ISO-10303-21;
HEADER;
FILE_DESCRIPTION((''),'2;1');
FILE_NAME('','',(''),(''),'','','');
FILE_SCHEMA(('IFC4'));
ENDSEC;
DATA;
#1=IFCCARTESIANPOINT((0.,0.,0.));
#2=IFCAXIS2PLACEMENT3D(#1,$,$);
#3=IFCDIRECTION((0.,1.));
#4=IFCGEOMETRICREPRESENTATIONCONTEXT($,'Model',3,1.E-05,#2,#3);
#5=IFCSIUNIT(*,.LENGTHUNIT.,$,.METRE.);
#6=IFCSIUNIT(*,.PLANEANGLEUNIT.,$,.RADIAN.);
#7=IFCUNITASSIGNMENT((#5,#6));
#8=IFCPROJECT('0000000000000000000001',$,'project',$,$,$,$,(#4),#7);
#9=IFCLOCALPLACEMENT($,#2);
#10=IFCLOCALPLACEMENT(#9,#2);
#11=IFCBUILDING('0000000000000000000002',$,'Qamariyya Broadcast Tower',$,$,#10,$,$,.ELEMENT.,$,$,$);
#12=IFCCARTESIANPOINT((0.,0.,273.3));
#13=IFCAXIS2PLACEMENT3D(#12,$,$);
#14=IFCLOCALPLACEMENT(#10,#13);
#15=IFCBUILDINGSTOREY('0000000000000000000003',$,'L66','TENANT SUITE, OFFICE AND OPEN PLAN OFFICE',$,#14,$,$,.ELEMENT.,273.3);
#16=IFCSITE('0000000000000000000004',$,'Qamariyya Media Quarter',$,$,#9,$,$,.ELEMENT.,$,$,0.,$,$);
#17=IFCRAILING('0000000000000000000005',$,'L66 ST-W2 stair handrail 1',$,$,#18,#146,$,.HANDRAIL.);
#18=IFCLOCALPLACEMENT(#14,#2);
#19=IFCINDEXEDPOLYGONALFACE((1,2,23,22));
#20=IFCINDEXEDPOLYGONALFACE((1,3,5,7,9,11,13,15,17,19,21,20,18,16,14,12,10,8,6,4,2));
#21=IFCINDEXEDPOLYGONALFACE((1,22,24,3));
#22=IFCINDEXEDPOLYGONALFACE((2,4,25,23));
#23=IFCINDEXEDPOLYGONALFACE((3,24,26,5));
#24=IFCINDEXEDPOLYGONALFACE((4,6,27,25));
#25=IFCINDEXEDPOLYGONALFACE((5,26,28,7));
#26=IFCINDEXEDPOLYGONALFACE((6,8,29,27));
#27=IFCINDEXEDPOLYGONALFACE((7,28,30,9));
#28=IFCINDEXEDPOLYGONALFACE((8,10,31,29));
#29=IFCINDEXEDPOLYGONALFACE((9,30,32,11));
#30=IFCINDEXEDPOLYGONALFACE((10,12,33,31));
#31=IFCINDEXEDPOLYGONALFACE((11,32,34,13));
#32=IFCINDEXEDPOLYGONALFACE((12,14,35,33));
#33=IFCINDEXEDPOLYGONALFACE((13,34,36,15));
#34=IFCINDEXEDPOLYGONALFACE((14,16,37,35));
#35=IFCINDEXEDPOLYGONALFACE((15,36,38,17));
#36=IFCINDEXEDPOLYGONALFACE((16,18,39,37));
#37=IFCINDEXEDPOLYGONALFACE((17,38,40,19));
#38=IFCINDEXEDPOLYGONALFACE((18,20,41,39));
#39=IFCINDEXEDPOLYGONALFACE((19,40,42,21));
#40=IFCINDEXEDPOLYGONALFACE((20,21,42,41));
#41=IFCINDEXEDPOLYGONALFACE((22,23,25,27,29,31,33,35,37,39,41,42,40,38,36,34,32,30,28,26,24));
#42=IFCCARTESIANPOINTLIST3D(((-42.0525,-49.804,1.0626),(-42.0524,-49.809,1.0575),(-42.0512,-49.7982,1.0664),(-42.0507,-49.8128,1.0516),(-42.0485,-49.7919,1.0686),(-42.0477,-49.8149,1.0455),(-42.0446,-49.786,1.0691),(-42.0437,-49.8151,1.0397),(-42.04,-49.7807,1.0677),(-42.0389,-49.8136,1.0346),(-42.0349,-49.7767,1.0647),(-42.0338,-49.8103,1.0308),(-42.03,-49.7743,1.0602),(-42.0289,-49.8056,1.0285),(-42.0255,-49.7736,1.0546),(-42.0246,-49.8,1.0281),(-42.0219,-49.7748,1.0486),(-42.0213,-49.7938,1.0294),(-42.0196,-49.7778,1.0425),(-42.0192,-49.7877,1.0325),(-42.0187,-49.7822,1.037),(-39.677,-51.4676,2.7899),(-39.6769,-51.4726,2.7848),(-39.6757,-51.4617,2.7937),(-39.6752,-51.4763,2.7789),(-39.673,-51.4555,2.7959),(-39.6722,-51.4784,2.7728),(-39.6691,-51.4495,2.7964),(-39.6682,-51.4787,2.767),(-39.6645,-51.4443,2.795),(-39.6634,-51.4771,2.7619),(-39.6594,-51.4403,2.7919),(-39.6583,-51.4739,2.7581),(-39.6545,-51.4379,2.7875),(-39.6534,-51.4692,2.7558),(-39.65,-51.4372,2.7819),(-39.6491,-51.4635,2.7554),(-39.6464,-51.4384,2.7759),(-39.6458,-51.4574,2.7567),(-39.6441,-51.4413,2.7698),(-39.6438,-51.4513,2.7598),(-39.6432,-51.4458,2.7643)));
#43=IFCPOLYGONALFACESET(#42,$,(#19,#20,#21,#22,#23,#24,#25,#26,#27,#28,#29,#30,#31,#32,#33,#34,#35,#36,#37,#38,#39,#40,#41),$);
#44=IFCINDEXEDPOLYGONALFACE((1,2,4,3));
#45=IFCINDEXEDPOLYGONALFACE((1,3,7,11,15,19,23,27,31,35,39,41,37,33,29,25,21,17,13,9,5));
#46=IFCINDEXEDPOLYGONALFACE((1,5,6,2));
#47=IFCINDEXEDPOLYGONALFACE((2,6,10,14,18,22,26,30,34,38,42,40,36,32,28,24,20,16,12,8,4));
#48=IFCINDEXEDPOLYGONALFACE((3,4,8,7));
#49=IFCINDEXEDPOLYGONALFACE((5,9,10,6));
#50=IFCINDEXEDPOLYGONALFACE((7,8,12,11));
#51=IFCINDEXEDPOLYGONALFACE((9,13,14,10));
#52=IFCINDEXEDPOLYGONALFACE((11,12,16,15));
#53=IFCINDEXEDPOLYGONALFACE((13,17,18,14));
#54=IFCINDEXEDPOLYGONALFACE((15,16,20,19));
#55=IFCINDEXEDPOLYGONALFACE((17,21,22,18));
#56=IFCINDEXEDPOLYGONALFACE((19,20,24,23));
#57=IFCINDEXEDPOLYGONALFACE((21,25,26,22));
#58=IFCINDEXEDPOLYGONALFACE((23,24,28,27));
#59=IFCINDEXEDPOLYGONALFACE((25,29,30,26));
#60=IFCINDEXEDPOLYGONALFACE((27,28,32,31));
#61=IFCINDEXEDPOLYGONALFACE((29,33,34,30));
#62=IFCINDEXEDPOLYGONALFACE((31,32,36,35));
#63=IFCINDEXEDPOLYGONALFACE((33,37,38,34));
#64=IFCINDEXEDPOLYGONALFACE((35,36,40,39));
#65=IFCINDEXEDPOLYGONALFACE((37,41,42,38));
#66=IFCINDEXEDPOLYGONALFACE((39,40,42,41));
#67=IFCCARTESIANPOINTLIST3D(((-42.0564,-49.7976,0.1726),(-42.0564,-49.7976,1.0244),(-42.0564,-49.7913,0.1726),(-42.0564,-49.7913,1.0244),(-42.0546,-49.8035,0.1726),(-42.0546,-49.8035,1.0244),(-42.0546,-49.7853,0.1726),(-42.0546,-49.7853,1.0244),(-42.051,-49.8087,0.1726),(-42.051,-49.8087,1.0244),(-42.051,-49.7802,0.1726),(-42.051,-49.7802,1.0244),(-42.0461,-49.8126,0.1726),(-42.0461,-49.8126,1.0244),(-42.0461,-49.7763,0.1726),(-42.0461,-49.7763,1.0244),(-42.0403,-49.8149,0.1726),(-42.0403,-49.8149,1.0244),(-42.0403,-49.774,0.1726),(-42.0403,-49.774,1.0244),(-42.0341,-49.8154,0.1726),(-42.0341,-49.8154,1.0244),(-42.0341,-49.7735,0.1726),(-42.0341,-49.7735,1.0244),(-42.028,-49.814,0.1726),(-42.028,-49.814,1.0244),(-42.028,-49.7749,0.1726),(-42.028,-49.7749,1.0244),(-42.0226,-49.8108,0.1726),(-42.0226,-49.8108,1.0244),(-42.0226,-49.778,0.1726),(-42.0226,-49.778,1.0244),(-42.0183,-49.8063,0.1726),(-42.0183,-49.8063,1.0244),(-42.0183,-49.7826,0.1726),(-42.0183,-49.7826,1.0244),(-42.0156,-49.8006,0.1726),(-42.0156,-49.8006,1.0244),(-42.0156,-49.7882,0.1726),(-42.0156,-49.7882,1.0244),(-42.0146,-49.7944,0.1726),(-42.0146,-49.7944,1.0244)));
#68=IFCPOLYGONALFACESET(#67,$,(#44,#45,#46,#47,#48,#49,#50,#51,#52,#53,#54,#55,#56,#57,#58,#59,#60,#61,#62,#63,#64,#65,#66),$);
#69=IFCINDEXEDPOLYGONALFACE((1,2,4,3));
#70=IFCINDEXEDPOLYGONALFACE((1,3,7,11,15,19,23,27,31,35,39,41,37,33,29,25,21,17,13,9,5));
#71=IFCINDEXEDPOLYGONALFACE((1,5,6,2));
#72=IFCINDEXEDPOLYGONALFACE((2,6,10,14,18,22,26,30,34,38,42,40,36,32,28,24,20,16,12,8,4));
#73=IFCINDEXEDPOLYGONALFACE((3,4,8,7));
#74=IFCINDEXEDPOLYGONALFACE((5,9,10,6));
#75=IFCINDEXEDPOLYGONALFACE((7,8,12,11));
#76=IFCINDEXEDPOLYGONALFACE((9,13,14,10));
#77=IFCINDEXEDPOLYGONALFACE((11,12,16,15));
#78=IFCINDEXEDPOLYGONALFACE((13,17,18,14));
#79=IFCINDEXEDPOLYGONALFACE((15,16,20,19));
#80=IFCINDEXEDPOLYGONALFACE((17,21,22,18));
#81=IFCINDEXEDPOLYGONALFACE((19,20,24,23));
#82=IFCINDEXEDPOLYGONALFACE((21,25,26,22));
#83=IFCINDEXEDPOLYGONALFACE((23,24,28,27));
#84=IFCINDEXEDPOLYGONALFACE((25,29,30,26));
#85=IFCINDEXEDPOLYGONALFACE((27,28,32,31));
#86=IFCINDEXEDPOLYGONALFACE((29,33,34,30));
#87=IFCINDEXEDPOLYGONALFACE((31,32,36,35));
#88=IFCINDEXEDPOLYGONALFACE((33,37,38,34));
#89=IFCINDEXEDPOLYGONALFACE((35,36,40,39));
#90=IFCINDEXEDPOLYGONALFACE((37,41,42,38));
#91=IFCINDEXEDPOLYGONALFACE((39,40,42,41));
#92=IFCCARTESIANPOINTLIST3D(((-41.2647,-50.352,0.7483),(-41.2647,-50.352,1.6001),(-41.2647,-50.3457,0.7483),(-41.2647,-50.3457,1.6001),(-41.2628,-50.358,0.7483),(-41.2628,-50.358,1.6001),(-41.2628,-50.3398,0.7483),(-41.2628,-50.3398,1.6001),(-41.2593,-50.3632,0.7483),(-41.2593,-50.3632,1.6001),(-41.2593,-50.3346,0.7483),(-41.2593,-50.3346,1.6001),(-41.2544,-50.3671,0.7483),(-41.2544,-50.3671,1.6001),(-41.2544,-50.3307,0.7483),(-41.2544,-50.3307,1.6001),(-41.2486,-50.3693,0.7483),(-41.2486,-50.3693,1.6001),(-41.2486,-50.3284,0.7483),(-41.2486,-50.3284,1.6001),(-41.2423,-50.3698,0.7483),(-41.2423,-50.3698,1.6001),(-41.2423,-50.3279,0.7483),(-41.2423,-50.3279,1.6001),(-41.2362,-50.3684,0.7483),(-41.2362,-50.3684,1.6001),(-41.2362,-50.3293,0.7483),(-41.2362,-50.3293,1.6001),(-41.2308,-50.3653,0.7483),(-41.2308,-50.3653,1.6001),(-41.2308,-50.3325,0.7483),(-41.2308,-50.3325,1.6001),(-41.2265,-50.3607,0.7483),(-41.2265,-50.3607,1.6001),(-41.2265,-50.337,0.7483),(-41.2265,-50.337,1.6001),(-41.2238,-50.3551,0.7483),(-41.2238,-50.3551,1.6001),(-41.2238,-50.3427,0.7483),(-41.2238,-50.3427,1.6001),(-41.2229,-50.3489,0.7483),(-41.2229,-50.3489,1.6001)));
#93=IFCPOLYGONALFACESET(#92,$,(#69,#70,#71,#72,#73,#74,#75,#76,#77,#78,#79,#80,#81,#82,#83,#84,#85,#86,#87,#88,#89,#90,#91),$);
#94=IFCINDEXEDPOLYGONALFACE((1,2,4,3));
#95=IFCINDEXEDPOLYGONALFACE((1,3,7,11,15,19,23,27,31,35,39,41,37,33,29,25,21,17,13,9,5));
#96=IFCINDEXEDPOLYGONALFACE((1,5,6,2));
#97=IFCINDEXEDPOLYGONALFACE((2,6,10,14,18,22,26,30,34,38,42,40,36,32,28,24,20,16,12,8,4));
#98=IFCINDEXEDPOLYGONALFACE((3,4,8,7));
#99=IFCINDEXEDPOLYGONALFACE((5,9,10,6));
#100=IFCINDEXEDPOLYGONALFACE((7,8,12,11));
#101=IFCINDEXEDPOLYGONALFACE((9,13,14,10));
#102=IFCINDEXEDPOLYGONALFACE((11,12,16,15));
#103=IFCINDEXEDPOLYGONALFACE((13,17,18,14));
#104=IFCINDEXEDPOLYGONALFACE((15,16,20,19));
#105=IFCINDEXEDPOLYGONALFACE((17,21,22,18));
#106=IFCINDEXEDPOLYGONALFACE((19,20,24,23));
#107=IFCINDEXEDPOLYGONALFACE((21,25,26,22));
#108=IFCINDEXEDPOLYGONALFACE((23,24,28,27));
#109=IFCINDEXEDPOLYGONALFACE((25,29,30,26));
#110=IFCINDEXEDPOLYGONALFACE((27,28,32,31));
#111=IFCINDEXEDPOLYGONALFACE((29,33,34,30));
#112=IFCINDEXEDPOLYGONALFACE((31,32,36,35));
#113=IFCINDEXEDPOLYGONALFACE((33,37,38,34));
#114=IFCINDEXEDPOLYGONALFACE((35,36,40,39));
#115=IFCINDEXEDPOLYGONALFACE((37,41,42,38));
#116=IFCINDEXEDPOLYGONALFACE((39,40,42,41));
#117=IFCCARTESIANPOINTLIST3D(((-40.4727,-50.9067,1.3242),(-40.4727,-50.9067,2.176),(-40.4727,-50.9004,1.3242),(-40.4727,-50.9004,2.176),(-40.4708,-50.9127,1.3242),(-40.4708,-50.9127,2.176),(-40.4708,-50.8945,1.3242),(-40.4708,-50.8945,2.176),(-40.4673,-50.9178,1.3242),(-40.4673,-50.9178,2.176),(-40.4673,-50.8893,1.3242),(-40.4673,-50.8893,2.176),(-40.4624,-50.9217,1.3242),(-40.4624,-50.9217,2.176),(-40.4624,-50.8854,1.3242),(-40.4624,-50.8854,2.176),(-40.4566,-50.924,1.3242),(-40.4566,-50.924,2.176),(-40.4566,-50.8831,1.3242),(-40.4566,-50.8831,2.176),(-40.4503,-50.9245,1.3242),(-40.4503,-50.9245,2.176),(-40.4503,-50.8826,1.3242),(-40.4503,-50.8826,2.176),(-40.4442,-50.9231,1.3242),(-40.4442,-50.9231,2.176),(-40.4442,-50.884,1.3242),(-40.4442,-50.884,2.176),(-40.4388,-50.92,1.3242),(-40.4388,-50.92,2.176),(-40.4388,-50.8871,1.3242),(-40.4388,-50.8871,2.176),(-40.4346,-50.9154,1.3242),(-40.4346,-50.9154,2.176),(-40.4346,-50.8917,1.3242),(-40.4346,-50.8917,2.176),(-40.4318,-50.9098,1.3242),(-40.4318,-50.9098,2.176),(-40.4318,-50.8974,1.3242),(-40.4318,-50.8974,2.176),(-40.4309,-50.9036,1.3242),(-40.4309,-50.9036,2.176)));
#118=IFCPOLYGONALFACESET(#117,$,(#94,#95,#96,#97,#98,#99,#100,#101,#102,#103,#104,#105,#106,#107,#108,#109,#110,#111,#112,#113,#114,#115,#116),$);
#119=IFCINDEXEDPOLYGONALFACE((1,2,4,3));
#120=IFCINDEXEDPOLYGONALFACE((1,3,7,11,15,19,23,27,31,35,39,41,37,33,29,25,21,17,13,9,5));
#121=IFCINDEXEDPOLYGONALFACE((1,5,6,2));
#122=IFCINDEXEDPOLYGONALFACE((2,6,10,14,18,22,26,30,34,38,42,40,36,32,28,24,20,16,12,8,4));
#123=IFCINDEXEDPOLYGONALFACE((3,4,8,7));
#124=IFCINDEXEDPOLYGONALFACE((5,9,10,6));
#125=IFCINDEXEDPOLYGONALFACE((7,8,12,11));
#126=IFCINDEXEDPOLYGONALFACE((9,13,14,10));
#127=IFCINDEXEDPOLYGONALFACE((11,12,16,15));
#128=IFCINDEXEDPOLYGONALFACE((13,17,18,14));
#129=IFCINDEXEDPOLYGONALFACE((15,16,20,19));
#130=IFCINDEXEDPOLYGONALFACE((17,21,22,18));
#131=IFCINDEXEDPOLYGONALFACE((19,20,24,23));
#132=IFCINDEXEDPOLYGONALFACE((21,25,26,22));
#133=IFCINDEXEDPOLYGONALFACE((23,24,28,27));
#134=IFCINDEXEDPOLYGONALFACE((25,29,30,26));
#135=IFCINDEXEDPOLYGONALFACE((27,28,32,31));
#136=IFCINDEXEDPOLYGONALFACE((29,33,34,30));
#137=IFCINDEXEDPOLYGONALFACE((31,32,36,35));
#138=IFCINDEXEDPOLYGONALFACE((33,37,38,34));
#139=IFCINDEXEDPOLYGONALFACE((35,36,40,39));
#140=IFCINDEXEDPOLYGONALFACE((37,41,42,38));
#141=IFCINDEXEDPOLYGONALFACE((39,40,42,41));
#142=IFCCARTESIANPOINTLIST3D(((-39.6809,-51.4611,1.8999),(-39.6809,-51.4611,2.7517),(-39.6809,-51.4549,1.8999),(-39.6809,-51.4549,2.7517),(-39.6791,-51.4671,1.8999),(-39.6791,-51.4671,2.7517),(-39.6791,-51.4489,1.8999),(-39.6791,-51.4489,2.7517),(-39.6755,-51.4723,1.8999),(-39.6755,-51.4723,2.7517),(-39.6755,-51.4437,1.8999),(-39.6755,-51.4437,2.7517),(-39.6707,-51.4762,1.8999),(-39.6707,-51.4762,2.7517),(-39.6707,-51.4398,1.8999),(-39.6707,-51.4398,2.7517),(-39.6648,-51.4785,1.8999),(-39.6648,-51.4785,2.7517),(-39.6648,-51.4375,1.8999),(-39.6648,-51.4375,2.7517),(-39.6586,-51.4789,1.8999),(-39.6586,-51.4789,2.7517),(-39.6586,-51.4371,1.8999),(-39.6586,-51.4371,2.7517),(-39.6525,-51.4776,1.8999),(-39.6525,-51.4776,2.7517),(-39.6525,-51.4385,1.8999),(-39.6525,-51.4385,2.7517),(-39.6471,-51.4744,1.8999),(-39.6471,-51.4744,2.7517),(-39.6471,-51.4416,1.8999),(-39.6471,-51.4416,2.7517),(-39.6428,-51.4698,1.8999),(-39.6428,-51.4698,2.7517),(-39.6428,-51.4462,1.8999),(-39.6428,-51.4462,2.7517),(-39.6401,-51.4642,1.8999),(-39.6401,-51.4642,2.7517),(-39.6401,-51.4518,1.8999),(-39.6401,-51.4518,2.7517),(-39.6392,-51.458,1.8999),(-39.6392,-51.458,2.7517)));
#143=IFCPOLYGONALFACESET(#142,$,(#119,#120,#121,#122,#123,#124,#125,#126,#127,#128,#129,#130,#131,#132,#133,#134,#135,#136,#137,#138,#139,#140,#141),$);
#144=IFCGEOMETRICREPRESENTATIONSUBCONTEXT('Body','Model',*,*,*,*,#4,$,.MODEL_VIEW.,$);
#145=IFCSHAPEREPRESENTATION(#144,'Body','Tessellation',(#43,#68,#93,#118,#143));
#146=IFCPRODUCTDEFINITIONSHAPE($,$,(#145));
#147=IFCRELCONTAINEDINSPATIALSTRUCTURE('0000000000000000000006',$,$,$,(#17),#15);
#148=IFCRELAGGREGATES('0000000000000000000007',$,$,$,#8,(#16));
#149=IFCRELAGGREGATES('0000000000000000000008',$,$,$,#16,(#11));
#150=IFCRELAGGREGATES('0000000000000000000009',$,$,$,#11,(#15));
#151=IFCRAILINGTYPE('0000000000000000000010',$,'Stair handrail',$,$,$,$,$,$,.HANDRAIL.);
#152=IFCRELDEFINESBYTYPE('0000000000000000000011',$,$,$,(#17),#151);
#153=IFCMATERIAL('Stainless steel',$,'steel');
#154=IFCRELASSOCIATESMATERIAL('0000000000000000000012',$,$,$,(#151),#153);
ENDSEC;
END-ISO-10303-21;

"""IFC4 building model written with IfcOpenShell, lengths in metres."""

from ifc_helpers import new_model, si_unit, direction, frame, origin, origin_2d, place, context, subcontext, project, spatial, circle, extrude, material, type_object, element, save


model = new_model("IFC4")

# Units and contexts
model_context = context("Model", 3, precision=1e-05, world=origin(), true_north=direction((0.0, 1.0)))
body_context = subcontext(model_context, "Body", "Model", "MODEL_VIEW")
ifc_project = project(units=[si_unit("LENGTHUNIT", "METRE"), si_unit("PLANEANGLEUNIT", "RADIAN")], contexts=[model_context])

# Site, building, storey
site_placement = place(None, origin())
site = spatial("IfcSite", under=ifc_project, at=site_placement, Name="Qamariyya Media Quarter", CompositionType="ELEMENT", RefElevation=0.0)
building_placement = place(site_placement, origin())
building = spatial("IfcBuilding", under=site, at=building_placement, Name="Qamariyya Broadcast Tower", CompositionType="ELEMENT")
storey_placement = place(building_placement, frame((0.0, 0.0, 273.3)))
storey = spatial("IfcBuildingStorey", under=building, at=storey_placement, Name="L66", Description="TENANT SUITE, OFFICE AND OPEN PLAN OFFICE", CompositionType="ELEMENT", Elevation=273.3)

# Railing
ifc_material_1 = material(Name="Stainless steel", Category="steel")
railing_type = type_object("IfcRailingType", Name="Stair handrail", PredefinedType="HANDRAIL", material=ifc_material_1)
railing_placement = place(storey_placement, frame((-42.0356, -49.7944, 0.1726)))
element("IfcRailing", 1, at=railing_placement, inside=storey, type_object=railing_type, Name="L66 ST-W2 stair handrail 1", PredefinedType="HANDRAIL", context=body_context, shape_type="SweptSolid", body=[
    extrude(circle(Radius=0.0239, at=origin_2d()), frame((0.0, 0.0, 0.876), z_axis=(0.703745, -0.492838, 0.511716), x_axis=(0.573632, 0.819113, 0.0)), (0.0, 0.0, 1.0), 3.3755),
    extrude(circle(Radius=0.021, at=origin_2d()), origin(), (0.0, 0.0, 1.0), 0.8518),
    extrude(circle(Radius=0.021, at=origin_2d()), frame((0.7917, -0.5544, 0.5757)), (0.0, 0.0, 1.0), 0.8518),
    extrude(circle(Radius=0.021, at=origin_2d()), frame((1.5837, -1.1091, 1.1516)), (0.0, 0.0, 1.0), 0.8518),
    extrude(circle(Radius=0.021, at=origin_2d()), frame((2.3755, -1.6636, 1.7273)), (0.0, 0.0, 1.0), 0.8518),
])

save(model, "model.ifc")
